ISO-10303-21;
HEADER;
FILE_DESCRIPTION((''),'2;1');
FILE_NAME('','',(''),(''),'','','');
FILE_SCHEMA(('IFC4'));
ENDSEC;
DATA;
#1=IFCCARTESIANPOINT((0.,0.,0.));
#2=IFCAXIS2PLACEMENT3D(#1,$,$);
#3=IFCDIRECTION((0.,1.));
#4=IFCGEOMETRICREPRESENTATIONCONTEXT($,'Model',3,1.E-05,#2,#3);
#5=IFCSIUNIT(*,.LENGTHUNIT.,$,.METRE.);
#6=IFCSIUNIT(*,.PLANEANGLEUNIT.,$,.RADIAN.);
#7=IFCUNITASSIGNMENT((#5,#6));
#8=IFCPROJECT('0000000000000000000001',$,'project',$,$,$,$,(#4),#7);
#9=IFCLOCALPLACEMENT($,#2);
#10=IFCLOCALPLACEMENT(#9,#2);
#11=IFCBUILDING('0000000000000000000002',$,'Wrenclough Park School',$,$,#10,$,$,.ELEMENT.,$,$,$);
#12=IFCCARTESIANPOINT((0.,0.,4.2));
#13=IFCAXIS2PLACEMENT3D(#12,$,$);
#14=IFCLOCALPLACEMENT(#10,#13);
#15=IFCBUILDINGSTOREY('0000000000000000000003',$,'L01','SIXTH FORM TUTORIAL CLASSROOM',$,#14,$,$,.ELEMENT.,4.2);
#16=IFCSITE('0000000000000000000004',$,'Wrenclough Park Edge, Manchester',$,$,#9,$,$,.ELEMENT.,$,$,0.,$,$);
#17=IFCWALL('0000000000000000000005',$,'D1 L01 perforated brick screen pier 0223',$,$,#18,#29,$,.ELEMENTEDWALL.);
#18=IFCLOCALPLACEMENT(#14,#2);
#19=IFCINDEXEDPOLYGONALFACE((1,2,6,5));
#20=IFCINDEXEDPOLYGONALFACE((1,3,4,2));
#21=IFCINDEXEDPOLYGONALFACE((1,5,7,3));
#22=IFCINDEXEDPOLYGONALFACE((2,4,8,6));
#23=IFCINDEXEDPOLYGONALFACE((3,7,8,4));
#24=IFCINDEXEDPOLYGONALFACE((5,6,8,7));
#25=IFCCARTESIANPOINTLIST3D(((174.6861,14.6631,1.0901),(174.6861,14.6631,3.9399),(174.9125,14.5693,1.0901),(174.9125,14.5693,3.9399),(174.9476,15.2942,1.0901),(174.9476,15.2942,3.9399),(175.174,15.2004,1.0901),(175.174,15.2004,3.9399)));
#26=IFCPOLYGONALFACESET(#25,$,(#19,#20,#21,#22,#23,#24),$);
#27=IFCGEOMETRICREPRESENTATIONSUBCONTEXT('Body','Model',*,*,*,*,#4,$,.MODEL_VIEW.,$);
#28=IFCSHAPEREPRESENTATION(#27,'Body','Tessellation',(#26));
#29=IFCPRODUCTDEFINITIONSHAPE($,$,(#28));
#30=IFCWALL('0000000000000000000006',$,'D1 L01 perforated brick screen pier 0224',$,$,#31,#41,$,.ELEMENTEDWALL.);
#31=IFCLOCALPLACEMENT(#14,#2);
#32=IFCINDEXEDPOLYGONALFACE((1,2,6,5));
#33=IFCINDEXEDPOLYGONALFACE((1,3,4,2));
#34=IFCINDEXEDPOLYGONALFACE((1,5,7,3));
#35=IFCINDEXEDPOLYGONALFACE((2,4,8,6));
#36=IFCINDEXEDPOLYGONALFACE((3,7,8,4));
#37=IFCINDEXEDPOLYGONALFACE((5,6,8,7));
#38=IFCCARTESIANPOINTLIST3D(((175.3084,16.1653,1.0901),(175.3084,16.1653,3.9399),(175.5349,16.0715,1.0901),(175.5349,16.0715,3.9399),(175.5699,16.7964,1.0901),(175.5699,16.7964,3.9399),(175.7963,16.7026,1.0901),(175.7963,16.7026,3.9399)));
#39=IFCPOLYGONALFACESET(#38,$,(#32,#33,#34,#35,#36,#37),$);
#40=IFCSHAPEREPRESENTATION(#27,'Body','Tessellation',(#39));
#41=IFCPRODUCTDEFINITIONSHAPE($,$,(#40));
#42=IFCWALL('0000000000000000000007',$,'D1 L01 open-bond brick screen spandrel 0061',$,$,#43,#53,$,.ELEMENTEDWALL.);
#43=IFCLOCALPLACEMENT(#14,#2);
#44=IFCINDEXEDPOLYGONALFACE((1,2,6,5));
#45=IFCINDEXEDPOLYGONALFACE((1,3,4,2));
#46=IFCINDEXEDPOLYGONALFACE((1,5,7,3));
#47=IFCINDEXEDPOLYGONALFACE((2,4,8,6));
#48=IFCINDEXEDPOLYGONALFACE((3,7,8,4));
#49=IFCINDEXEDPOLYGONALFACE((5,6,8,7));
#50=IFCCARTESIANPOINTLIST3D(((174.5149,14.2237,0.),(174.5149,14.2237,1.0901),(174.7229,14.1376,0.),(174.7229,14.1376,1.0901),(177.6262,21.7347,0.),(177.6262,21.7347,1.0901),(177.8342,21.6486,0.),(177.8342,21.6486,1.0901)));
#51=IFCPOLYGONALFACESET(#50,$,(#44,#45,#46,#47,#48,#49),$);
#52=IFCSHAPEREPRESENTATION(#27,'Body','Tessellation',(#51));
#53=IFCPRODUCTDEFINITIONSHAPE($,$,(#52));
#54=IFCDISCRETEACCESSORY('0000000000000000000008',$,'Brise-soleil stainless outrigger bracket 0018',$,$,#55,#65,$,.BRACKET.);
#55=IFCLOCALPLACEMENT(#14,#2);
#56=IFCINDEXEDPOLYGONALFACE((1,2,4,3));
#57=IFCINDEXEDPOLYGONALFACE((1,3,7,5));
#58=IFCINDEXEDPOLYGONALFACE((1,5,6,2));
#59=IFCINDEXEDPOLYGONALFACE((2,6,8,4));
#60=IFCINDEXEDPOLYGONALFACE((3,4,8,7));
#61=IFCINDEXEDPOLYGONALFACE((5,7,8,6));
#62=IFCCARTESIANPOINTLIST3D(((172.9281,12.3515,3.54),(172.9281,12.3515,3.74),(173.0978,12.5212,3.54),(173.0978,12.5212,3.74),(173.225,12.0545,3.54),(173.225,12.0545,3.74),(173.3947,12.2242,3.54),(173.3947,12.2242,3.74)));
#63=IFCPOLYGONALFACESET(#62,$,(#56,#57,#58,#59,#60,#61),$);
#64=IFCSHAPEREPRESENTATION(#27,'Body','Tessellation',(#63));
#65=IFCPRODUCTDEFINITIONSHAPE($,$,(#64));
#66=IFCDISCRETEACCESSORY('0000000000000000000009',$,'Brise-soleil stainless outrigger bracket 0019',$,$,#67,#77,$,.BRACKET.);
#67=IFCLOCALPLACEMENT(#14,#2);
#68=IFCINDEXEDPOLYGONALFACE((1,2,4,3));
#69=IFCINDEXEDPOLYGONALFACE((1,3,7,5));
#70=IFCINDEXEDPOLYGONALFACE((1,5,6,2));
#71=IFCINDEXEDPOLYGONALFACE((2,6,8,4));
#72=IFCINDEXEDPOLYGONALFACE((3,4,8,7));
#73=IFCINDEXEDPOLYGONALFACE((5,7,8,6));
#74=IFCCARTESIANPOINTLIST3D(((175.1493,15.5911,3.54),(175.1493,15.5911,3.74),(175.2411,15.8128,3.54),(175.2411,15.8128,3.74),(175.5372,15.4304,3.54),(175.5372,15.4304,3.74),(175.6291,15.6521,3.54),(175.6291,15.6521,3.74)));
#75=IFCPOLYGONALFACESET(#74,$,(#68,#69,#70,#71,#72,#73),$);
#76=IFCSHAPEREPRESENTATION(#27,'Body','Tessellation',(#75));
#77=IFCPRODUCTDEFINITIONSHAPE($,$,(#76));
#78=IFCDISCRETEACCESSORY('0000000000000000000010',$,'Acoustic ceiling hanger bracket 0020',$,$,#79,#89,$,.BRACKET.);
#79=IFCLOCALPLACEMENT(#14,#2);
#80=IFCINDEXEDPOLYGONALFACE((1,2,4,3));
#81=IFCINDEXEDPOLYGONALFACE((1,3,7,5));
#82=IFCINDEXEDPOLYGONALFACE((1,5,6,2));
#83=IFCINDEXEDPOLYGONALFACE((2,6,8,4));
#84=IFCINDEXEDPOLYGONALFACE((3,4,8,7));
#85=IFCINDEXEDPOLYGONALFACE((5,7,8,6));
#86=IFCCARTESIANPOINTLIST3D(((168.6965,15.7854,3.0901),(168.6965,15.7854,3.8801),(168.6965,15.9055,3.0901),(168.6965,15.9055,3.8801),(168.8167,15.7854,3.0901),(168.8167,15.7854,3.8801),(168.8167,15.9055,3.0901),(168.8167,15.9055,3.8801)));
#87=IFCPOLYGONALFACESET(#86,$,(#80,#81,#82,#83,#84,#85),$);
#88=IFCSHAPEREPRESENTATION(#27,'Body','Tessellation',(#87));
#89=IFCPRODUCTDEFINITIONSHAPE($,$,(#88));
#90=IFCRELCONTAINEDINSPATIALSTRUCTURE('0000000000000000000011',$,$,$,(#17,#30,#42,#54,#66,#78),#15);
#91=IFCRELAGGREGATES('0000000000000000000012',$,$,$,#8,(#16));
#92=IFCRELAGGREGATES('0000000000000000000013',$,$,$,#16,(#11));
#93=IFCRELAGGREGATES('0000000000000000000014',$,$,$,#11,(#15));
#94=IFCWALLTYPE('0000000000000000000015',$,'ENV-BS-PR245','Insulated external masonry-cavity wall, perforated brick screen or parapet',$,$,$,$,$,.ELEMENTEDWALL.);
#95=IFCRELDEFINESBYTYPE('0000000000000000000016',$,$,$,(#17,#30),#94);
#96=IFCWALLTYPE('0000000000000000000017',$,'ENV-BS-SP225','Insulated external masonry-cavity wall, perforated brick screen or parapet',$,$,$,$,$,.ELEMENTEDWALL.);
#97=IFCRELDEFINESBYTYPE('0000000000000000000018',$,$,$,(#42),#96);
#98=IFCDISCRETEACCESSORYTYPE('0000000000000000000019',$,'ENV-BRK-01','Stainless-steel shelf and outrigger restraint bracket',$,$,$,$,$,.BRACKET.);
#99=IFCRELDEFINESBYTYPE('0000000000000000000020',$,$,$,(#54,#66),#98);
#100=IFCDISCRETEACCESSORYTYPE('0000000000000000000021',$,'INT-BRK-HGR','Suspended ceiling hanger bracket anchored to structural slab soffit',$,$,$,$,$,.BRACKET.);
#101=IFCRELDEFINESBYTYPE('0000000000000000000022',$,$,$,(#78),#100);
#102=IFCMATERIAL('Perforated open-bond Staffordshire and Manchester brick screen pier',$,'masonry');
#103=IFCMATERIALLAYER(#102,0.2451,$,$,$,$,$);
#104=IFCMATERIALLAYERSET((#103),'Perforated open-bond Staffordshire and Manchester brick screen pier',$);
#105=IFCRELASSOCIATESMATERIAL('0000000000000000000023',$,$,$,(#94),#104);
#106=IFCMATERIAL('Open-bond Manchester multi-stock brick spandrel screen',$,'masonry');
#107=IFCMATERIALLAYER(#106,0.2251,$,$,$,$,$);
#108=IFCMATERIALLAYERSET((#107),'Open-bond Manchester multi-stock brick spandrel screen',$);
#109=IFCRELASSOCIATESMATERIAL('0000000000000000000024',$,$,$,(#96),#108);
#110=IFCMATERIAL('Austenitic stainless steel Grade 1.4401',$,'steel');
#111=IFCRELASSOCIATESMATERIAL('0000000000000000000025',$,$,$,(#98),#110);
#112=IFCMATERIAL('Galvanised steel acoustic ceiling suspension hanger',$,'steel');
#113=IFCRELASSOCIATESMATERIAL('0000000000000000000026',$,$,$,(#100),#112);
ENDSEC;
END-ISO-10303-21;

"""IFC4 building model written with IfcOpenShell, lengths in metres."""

from ifc_helpers import new_model, si_unit, direction, frame, frame_2d, origin, origin_2d, place, context, subcontext, project, spatial, rectangle, extrude, material, layer, layer_set, type_object, element, save


model = new_model("IFC4")

# Units and contexts
model_context = context("Model", 3, precision=1e-05, world=origin(), true_north=direction((0.0, 1.0)))
body_context = subcontext(model_context, "Body", "Model", "MODEL_VIEW")
ifc_project = project(units=[si_unit("LENGTHUNIT", "METRE"), si_unit("PLANEANGLEUNIT", "RADIAN")], contexts=[model_context])

# Site, building, storey
site_placement = place(None, origin())
site = spatial("IfcSite", under=ifc_project, at=site_placement, Name="Wrenclough Park Edge, Manchester", CompositionType="ELEMENT", RefElevation=0.0)
building_placement = place(site_placement, origin())
building = spatial("IfcBuilding", under=site, at=building_placement, Name="Wrenclough Park School", CompositionType="ELEMENT")
storey_placement = place(building_placement, frame((0.0, 0.0, 4.2)))
storey = spatial("IfcBuildingStorey", under=building, at=storey_placement, Name="L01", Description="SIXTH FORM TUTORIAL CLASSROOM", CompositionType="ELEMENT", Elevation=4.2)

# Walls
ifc_material_1 = material(Name="Perforated open-bond Staffordshire and Manchester brick screen pier", Category="masonry")
ifc_layer_1 = layer(ifc_material_1, 0.2451)
ifc_layer_set_1 = layer_set([ifc_layer_1], Name="Perforated open-bond Staffordshire and Manchester brick screen pier")
wall_type_1 = type_object("IfcWallType", Name="ENV-BS-PR245", Description="Insulated external masonry-cavity wall, perforated brick screen or parapet", PredefinedType="ELEMENTEDWALL", material=ifc_layer_set_1)
for number, where, z_axis, x_axis, name in (
    (1, (174.7993, 14.6162, 1.0901), (0.0, 0.0, 1.0), (0.382762, 0.923847, 0.0), "D1 L01 perforated brick screen pier 0223"),
    (2, (175.4216, 16.1184, 1.0901), (0.0, 0.0, 1.0), (0.382762, 0.923847, 0.0), "D1 L01 perforated brick screen pier 0224"),
):
    element("IfcWall", number, at=place(storey_placement, frame(where, z_axis=z_axis, x_axis=x_axis)), inside=storey, type_object=wall_type_1, Name=name, PredefinedType="ELEMENTEDWALL", context=body_context, shape_type="SweptSolid", body=[
        extrude(rectangle(XDim=0.6831, YDim=0.2451, at=frame_2d((0.3416, 0.0))), origin(), (0.0, 0.0, 1.0), 2.8499),
    ])
ifc_material_2 = material(Name="Open-bond Manchester multi-stock brick spandrel screen", Category="masonry")
ifc_layer_2 = layer(ifc_material_2, 0.2251)
ifc_layer_set_2 = layer_set([ifc_layer_2], Name="Open-bond Manchester multi-stock brick spandrel screen")
wall_type_2 = type_object("IfcWallType", Name="ENV-BS-SP225", Description="Insulated external masonry-cavity wall, perforated brick screen or parapet", PredefinedType="ELEMENTEDWALL", material=ifc_layer_set_2)
wall_1_placement = place(storey_placement, frame((174.6189, 14.1807, 0.0), z_axis=(0.0, 0.0, 1.0), x_axis=(0.382702, 0.923872, 0.0)))
element("IfcWall", 3, at=wall_1_placement, inside=storey, type_object=wall_type_2, Name="D1 L01 open-bond brick screen spandrel 0061", PredefinedType="ELEMENTEDWALL", context=body_context, shape_type="SweptSolid", body=[
    extrude(rectangle(XDim=8.1299, YDim=0.2251, at=frame_2d((4.0649, 0.0))), origin(), (0.0, 0.0, 1.0), 1.0901),
])

# Discrete accessories
ifc_material_3 = material(Name="Austenitic stainless steel Grade 1.4401", Category="steel")
discrete_accessory_type_1 = type_object("IfcDiscreteAccessoryType", Name="ENV-BRK-01", Description="Stainless-steel shelf and outrigger restraint bracket", PredefinedType="BRACKET", material=ifc_material_3)
for number, where, z_axis, x_axis, name in (
    (4, (173.1614, 12.2878, 3.54), (0.0, 0.0, 1.0), (0.707107, 0.707107, 0.0), "Brise-soleil stainless outrigger bracket 0018"),
    (5, (175.3892, 15.6216, 3.54), (0.0, 0.0, 1.0), (0.382692, 0.923876, 0.0), "Brise-soleil stainless outrigger bracket 0019"),
):
    element("IfcDiscreteAccessory", number, at=place(storey_placement, frame(where, z_axis=z_axis, x_axis=x_axis)), inside=storey, type_object=discrete_accessory_type_1, Name=name, PredefinedType="BRACKET", context=body_context, shape_type="SweptSolid", body=[
        extrude(rectangle(XDim=0.24, YDim=0.4199, at=origin_2d()), origin(), (0.0, 0.0, 1.0), 0.2),
    ])
ifc_material_4 = material(Name="Galvanised steel acoustic ceiling suspension hanger", Category="steel")
discrete_accessory_type_2 = type_object("IfcDiscreteAccessoryType", Name="INT-BRK-HGR", Description="Suspended ceiling hanger bracket anchored to structural slab soffit", PredefinedType="BRACKET", material=ifc_material_4)
discrete_accessory_placement = place(storey_placement, frame((168.7566, 15.8455, 3.0901), z_axis=(0.0, 0.0, 1.0), x_axis=(1.0, 0.0, 0.0)))
element("IfcDiscreteAccessory", 6, at=discrete_accessory_placement, inside=storey, type_object=discrete_accessory_type_2, Name="Acoustic ceiling hanger bracket 0020", PredefinedType="BRACKET", context=body_context, shape_type="SweptSolid", body=[
    extrude(rectangle(XDim=0.1201, YDim=0.1201, at=origin_2d()), origin(), (0.0, 0.0, 1.0), 0.79),
])

save(model, "model.ifc")
